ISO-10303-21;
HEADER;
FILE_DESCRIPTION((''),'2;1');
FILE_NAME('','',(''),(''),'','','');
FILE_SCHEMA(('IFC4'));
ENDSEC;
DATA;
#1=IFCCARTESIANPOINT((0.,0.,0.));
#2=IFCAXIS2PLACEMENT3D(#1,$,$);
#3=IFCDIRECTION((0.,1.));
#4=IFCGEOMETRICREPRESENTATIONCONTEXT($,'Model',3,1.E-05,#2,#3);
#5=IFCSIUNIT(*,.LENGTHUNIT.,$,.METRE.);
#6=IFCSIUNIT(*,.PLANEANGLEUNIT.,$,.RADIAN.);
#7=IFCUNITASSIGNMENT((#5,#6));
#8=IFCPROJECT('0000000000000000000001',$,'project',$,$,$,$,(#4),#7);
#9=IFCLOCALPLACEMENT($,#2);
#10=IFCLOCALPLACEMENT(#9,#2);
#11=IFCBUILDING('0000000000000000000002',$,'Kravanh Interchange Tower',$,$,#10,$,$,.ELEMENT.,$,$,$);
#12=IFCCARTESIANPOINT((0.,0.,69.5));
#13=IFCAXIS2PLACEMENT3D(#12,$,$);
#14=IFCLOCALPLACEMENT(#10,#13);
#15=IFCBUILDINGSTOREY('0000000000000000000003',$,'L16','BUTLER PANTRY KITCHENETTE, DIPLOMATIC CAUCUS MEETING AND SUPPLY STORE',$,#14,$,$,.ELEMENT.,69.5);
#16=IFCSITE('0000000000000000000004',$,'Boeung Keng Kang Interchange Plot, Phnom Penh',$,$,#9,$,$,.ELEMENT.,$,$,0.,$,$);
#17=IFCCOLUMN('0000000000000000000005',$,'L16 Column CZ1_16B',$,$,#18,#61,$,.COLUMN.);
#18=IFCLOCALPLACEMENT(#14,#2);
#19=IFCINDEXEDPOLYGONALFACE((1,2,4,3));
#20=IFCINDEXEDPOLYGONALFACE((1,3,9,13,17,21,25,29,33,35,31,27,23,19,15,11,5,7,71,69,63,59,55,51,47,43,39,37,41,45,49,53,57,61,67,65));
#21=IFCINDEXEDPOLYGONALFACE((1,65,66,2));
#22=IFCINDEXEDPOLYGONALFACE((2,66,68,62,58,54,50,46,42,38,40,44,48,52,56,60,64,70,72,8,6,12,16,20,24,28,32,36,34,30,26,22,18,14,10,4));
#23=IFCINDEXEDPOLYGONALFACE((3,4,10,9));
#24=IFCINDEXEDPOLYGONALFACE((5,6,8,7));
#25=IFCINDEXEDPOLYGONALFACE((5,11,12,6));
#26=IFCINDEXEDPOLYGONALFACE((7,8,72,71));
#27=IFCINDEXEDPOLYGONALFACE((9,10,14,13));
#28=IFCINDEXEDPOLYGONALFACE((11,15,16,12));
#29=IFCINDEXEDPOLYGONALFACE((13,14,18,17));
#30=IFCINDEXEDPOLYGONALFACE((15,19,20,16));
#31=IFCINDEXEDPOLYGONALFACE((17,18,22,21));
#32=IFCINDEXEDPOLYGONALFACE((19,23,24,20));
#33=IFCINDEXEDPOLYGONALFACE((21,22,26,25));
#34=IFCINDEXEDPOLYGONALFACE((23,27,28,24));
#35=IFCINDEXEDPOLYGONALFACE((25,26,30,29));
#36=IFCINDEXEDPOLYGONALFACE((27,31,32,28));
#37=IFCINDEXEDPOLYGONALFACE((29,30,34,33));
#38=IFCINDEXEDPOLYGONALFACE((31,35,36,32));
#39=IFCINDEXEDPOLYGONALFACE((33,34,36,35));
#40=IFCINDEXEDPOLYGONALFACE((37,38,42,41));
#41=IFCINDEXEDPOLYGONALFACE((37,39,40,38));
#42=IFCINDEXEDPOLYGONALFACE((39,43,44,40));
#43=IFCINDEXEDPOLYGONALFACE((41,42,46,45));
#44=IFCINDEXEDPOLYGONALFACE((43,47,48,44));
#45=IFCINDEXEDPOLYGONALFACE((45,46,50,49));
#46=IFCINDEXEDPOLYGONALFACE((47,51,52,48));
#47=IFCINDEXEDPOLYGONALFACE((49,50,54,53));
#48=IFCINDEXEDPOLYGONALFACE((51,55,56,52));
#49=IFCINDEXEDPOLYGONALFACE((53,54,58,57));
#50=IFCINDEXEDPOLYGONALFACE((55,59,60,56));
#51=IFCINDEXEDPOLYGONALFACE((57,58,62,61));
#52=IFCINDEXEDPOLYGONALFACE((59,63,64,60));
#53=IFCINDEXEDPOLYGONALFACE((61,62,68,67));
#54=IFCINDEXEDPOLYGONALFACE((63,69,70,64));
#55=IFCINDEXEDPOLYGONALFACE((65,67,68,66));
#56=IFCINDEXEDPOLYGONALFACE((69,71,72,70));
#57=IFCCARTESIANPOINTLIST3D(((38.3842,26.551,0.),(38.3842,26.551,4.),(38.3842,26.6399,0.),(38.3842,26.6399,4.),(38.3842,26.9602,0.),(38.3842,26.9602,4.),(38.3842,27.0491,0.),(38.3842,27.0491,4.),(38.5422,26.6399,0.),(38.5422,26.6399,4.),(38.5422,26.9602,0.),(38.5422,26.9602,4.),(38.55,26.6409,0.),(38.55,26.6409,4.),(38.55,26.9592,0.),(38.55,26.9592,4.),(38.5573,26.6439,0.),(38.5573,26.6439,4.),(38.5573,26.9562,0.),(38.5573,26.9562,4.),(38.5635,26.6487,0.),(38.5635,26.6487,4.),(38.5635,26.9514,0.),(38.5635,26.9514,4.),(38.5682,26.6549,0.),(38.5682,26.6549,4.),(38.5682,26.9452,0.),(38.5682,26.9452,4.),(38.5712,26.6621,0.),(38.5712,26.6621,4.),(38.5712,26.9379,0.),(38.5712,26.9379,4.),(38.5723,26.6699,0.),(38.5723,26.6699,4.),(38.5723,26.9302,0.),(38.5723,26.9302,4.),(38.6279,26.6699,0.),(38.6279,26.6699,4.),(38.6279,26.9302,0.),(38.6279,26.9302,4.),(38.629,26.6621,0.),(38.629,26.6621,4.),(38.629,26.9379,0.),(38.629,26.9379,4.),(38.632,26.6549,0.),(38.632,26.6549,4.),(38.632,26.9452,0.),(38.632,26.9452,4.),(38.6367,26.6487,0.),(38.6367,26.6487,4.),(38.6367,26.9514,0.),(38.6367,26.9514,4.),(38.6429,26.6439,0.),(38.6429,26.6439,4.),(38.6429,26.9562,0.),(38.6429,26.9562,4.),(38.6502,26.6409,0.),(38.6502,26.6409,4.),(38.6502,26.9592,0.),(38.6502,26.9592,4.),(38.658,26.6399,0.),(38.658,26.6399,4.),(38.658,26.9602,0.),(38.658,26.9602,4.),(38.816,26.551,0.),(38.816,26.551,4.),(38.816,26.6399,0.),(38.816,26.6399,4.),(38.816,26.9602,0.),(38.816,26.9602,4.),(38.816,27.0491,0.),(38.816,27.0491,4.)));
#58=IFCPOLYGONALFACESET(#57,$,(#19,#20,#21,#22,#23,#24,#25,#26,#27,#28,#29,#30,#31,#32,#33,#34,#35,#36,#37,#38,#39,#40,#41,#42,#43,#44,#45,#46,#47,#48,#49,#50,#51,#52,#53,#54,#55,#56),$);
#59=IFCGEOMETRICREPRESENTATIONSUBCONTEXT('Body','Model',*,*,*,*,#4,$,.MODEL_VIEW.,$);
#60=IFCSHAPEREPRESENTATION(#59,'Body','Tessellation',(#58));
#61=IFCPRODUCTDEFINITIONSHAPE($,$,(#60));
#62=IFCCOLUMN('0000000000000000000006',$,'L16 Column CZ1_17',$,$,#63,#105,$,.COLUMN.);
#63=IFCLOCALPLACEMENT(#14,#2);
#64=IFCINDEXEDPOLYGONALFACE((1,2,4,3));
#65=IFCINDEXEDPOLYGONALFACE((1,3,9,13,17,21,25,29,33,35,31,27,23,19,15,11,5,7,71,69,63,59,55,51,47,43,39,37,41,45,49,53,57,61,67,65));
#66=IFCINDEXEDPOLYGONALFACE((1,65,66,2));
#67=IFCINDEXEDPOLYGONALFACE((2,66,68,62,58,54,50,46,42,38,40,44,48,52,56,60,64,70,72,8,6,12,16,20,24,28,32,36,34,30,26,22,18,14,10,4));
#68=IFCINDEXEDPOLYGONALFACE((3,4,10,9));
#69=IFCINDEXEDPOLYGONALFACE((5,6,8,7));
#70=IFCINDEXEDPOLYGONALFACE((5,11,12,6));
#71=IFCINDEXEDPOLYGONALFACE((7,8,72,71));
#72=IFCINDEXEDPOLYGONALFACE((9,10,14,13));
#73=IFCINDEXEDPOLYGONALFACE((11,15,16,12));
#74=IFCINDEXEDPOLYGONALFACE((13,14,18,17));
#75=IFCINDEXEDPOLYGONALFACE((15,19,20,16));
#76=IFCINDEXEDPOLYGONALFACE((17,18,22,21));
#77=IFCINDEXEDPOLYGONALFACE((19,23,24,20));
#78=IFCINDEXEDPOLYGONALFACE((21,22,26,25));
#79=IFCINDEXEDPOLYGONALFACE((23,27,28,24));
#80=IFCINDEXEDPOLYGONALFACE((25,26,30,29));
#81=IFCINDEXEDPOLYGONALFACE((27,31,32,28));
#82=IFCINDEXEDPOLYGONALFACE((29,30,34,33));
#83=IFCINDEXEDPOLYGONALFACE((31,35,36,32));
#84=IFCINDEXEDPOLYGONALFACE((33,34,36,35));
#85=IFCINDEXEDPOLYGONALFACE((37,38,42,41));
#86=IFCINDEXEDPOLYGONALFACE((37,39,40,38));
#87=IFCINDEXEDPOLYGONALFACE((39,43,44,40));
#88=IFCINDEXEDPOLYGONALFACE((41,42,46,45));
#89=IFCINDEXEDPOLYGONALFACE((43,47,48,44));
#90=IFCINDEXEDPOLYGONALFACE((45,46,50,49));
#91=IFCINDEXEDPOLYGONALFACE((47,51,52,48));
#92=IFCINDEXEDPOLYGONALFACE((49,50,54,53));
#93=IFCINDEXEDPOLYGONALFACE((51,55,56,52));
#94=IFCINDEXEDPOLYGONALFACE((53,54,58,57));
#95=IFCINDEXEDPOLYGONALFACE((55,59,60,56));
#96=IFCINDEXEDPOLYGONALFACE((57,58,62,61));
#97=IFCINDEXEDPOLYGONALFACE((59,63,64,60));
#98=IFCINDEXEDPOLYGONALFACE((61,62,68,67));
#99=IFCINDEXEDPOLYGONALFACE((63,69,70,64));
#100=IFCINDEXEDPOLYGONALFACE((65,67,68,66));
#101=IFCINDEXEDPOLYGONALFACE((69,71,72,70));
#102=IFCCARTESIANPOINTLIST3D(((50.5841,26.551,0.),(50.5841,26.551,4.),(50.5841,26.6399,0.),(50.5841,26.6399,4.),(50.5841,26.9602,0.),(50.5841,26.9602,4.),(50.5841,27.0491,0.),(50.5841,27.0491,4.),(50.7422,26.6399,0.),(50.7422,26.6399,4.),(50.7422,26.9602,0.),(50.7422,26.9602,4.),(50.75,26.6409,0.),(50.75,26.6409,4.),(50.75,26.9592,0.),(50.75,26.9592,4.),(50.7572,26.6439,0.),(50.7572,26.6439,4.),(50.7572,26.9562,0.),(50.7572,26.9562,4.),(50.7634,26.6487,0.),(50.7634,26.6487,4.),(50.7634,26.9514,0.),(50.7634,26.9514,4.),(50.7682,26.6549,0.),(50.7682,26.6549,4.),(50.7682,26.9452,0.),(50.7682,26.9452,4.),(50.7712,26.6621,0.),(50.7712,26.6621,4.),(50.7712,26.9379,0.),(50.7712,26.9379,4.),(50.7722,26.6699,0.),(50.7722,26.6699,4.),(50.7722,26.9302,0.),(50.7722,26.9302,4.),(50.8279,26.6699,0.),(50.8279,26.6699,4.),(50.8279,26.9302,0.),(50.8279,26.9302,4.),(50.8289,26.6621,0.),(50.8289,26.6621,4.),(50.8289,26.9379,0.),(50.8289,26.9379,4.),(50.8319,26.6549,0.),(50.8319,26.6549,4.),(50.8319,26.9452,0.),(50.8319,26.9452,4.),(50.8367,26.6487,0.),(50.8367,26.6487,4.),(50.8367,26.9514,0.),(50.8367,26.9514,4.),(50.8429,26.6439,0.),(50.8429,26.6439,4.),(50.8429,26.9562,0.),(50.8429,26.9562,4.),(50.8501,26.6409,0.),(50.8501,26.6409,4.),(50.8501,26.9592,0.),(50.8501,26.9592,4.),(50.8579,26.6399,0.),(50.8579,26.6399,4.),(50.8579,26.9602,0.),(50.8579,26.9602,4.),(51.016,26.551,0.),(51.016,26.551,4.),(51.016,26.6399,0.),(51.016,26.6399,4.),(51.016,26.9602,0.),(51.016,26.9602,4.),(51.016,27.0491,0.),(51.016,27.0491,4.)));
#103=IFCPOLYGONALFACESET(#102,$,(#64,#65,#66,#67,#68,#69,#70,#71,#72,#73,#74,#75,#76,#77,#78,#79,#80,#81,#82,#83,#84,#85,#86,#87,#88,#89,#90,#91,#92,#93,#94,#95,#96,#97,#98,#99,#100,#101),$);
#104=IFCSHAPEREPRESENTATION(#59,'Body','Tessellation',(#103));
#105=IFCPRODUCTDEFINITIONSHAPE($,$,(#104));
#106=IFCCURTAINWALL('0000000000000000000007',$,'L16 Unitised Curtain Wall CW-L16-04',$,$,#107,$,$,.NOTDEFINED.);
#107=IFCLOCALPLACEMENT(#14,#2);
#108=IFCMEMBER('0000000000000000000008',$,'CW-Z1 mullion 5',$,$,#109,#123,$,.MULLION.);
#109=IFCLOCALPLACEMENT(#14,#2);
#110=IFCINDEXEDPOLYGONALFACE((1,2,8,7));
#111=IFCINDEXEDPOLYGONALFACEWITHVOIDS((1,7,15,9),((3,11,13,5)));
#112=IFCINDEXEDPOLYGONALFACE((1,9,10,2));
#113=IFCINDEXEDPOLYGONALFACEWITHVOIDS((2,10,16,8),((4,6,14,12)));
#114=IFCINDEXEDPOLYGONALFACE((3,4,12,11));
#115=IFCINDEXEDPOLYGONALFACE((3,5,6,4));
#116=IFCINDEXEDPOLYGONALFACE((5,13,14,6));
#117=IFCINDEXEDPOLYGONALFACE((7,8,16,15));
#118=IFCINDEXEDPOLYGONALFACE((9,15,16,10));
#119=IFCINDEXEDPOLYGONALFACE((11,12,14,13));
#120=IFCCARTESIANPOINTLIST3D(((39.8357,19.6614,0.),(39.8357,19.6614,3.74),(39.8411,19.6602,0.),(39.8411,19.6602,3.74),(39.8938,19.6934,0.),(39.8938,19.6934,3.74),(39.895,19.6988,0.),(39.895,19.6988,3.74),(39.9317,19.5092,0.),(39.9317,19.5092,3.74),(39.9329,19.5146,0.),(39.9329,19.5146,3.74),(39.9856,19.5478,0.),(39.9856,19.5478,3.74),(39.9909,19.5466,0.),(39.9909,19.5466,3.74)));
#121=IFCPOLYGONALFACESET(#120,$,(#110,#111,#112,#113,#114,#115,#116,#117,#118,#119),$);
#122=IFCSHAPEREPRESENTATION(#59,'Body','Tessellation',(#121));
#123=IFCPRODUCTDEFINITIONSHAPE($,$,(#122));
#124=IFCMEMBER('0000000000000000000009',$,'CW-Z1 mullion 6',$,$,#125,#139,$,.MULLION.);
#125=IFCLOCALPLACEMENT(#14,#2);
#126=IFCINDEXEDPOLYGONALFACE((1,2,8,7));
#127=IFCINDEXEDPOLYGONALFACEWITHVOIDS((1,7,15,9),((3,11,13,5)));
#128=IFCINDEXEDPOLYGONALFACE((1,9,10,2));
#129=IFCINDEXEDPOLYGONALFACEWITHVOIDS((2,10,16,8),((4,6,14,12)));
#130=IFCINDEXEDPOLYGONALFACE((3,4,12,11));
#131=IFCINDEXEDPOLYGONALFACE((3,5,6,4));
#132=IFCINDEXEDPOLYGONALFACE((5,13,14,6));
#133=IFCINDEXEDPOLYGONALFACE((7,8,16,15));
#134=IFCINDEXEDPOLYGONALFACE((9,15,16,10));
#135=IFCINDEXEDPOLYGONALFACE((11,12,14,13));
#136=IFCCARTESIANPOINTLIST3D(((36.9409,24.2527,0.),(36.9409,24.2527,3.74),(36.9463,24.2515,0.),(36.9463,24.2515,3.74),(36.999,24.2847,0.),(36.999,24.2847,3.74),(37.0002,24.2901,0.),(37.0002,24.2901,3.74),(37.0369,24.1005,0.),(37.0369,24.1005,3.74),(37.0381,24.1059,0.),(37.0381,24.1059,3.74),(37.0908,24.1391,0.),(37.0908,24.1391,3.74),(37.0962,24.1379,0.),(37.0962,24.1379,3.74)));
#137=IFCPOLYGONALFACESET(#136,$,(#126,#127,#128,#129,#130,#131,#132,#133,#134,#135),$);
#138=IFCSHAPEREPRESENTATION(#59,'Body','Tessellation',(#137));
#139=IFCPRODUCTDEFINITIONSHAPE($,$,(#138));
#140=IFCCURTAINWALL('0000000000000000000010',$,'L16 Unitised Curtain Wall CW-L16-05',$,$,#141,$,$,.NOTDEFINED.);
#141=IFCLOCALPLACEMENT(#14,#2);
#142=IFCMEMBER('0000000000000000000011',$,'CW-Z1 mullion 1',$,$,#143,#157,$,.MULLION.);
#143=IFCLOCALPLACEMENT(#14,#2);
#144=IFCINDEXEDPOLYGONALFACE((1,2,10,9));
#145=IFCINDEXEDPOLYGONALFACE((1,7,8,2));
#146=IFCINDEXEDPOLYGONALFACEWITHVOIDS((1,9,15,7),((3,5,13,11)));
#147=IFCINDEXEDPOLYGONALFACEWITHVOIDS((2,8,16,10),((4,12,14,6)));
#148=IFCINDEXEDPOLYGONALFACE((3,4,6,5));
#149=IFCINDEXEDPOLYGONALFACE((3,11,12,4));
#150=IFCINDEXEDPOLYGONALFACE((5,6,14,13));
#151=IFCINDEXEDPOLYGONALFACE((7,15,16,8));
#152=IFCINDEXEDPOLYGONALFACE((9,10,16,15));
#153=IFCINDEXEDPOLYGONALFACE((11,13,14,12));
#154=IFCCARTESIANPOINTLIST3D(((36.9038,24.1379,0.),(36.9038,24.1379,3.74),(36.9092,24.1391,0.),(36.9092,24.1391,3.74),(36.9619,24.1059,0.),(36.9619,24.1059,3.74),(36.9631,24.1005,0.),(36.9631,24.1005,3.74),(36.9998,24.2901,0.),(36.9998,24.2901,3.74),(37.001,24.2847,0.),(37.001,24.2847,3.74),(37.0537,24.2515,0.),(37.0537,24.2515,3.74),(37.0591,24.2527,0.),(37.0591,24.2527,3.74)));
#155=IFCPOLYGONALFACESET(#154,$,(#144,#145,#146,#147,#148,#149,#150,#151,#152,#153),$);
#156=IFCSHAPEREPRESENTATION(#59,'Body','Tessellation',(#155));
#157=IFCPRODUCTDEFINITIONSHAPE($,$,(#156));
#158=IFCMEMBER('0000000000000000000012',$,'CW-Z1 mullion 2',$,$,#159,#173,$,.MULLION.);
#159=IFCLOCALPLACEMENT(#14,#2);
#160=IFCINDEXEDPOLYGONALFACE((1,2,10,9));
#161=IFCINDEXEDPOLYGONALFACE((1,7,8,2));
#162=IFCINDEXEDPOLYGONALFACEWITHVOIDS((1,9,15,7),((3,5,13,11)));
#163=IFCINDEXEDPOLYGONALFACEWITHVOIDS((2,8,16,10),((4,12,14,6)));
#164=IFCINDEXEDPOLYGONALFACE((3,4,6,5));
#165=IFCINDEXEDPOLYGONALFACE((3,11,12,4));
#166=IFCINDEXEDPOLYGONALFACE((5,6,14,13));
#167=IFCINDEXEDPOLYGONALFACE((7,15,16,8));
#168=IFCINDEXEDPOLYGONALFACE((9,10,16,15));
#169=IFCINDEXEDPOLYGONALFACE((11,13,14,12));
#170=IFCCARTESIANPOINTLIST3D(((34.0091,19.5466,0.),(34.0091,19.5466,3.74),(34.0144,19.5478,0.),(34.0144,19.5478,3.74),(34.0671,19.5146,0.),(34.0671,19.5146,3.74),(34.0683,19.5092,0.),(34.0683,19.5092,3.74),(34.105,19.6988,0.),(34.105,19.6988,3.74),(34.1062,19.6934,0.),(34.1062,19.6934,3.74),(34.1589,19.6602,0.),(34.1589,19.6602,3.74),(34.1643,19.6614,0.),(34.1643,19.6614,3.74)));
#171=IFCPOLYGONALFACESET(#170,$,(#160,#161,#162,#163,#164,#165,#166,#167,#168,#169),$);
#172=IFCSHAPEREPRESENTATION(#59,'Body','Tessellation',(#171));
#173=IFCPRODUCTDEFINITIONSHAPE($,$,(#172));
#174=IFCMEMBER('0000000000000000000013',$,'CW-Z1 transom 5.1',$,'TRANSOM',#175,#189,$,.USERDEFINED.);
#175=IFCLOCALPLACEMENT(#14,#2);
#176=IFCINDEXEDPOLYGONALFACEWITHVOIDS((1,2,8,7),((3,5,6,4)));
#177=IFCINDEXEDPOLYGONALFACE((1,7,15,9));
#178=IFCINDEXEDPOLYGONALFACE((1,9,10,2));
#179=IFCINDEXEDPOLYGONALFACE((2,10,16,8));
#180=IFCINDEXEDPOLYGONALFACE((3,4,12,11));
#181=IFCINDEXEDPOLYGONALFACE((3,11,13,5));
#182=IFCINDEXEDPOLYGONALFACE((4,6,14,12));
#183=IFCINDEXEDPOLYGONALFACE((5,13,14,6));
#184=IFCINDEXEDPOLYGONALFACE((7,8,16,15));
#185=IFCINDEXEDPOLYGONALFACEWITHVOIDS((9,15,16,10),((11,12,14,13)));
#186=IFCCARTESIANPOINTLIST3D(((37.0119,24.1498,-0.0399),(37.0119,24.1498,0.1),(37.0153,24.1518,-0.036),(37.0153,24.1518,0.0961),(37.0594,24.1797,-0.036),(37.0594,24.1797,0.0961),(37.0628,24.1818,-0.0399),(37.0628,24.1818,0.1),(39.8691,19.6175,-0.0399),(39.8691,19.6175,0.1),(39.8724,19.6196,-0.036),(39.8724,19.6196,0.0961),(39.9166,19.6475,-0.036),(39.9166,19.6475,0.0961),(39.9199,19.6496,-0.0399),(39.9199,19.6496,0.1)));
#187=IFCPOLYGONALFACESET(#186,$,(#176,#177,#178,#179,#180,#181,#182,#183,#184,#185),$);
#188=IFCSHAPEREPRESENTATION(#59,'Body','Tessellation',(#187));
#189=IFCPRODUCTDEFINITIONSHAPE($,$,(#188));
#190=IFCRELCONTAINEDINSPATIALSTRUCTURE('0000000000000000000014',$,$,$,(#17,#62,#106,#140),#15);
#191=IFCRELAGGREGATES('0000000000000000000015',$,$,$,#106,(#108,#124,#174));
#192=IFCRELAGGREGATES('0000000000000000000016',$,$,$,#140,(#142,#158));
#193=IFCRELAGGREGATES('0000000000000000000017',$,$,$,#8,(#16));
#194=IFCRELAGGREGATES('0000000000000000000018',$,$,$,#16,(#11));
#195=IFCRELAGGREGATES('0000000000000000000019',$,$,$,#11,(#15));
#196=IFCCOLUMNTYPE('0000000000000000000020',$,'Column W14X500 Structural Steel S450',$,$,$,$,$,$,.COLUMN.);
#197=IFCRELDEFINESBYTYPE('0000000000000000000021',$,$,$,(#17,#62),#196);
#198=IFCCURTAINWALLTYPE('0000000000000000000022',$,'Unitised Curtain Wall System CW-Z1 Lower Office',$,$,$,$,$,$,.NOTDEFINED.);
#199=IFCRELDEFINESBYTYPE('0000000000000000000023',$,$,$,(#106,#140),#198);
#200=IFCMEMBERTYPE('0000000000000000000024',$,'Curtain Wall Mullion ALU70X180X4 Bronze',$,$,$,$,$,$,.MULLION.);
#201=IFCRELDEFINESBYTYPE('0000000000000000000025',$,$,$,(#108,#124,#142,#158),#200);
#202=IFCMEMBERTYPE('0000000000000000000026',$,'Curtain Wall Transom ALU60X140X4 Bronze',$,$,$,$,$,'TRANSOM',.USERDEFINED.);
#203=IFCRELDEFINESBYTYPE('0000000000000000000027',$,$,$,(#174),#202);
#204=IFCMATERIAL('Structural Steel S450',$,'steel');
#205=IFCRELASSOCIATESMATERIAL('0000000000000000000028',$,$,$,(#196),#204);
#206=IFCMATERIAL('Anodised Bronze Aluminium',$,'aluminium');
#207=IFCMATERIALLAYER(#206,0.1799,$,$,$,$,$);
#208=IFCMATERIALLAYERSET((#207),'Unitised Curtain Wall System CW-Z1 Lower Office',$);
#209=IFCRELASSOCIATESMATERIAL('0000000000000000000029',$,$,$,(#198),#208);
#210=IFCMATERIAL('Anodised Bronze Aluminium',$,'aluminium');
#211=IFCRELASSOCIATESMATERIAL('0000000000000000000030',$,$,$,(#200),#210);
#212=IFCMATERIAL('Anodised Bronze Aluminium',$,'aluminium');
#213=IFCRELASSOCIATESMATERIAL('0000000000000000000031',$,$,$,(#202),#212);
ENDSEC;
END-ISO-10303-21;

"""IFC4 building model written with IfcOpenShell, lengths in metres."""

from ifc_helpers import new_model, si_unit, direction, frame, origin, origin_2d, place, context, subcontext, project, spatial, hollow_rectangle, i_section, extrude, material, layer, layer_set, material_profile, profile_set, type_object, element, aggregate, save


model = new_model("IFC4")

# Units and contexts
model_context = context("Model", 3, precision=1e-05, world=origin(), true_north=direction((0.0, 1.0)))
body_context = subcontext(model_context, "Body", "Model", "MODEL_VIEW")
ifc_project = project(units=[si_unit("LENGTHUNIT", "METRE"), si_unit("PLANEANGLEUNIT", "RADIAN")], contexts=[model_context])

# Site, building, storey
site_placement = place(None, origin())
site = spatial("IfcSite", under=ifc_project, at=site_placement, Name="Boeung Keng Kang Interchange Plot, Phnom Penh", CompositionType="ELEMENT", RefElevation=0.0)
building_placement = place(site_placement, origin())
building = spatial("IfcBuilding", under=site, at=building_placement, Name="Kravanh Interchange Tower", CompositionType="ELEMENT")
storey_placement = place(building_placement, frame((0.0, 0.0, 69.5)))
storey = spatial("IfcBuildingStorey", under=building, at=storey_placement, Name="L16", Description="BUTLER PANTRY KITCHENETTE, DIPLOMATIC CAUCUS MEETING AND SUPPLY STORE", CompositionType="ELEMENT", Elevation=69.5)

# Columns
ifc_material_1 = material(Name="Structural Steel S450", Category="steel")
ifc_material_profile_1 = material_profile(ifc_material_1, i_section(OverallWidth=0.4319, OverallDepth=0.498, WebThickness=0.0557, FlangeThickness=0.0889, FilletRadius=0.03, at=origin_2d()), Name="W14X500")
ifc_profile_set_1 = profile_set([ifc_material_profile_1], Name="Structural Steel S450")
column_type = type_object("IfcColumnType", Name="Column W14X500 Structural Steel S450", PredefinedType="COLUMN", material=ifc_profile_set_1)
for number, where, z_axis, x_axis, name in (
    (1, (38.6001, 26.8, 0.0), (0.0, 0.0, 1.0), (1.0, 0.0, 0.0), "L16 Column CZ1_16B"),
    (2, (50.8, 26.8, 0.0), (0.0, 0.0, 1.0), (1.0, 0.0, 0.0), "L16 Column CZ1_17"),
):
    element("IfcColumn", number, at=place(storey_placement, frame(where, z_axis=z_axis, x_axis=x_axis)), inside=storey, type_object=column_type, Name=name, PredefinedType="COLUMN", context=body_context, shape_type="SweptSolid", body=[
        extrude(i_section(OverallWidth=0.4319, OverallDepth=0.498, WebThickness=0.0557, FlangeThickness=0.0889, FilletRadius=0.03, at=origin_2d()), origin(), (0.0, 0.0, 1.0), 4.0),
    ])

# Curtain walls, members
ifc_material_2 = material(Name="Anodised Bronze Aluminium", Category="aluminium")
ifc_layer_1 = layer(ifc_material_2, 0.1799)
ifc_layer_set_1 = layer_set([ifc_layer_1], Name="Unitised Curtain Wall System CW-Z1 Lower Office")
curtain_wall_type = type_object("IfcCurtainWallType", Name="Unitised Curtain Wall System CW-Z1 Lower Office", PredefinedType="NOTDEFINED", material=ifc_layer_set_1)
curtain_wall_1_placement = place(storey_placement, origin())
curtain_wall_1 = element("IfcCurtainWall", 3, at=curtain_wall_1_placement, inside=storey, type_object=curtain_wall_type, Name="L16 Unitised Curtain Wall CW-L16-04", PredefinedType="NOTDEFINED")
ifc_material_3 = material(Name="Anodised Bronze Aluminium", Category="aluminium")
ifc_material_profile_2 = material_profile(ifc_material_3, hollow_rectangle(XDim=0.0701, YDim=0.1799, WallThickness=0.0039, at=origin_2d()), Name="ALU70X180X4")
ifc_profile_set_2 = profile_set([ifc_material_profile_2], Name="Anodised Bronze Aluminium")
member_type_1 = type_object("IfcMemberType", Name="Curtain Wall Mullion ALU70X180X4 Bronze", PredefinedType="MULLION", material=ifc_profile_set_2)
member_1_placement = place(storey_placement, frame((39.9133, 19.604, 0.0), z_axis=(0.0, 0.0, 1.0), x_axis=(-0.845926, -0.533301, 0.0)))
member_1 = element("IfcMember", 4, at=member_1_placement, type_object=member_type_1, Name="CW-Z1 mullion 5", PredefinedType="MULLION", context=body_context, shape_type="SweptSolid", body=[
    extrude(hollow_rectangle(XDim=0.0701, YDim=0.1799, WallThickness=0.0039, at=origin_2d()), origin(), (0.0, 0.0, 1.0), 3.74),
])
member_2_placement = place(storey_placement, frame((37.0186, 24.1953, 0.0), z_axis=(0.0, 0.0, 1.0), x_axis=(-0.845926, -0.533301, 0.0)))
member_2 = element("IfcMember", 5, at=member_2_placement, type_object=member_type_1, Name="CW-Z1 mullion 6", PredefinedType="MULLION", context=body_context, shape_type="SweptSolid", body=[
    extrude(hollow_rectangle(XDim=0.0701, YDim=0.1799, WallThickness=0.0039, at=origin_2d()), origin(), (0.0, 0.0, 1.0), 3.74),
])
curtain_wall_2_placement = place(storey_placement, origin())
curtain_wall_2 = element("IfcCurtainWall", 6, at=curtain_wall_2_placement, inside=storey, type_object=curtain_wall_type, Name="L16 Unitised Curtain Wall CW-L16-05", PredefinedType="NOTDEFINED")
member_3_placement = place(storey_placement, frame((36.9814, 24.1953, 0.0), z_axis=(0.0, 0.0, 1.0), x_axis=(0.845926, -0.533301, 0.0)))
member_3 = element("IfcMember", 7, at=member_3_placement, type_object=member_type_1, Name="CW-Z1 mullion 1", PredefinedType="MULLION", context=body_context, shape_type="SweptSolid", body=[
    extrude(hollow_rectangle(XDim=0.0701, YDim=0.1799, WallThickness=0.0039, at=origin_2d()), origin(), (0.0, 0.0, 1.0), 3.74),
])
member_4_placement = place(storey_placement, frame((34.0867, 19.604, 0.0), z_axis=(0.0, 0.0, 1.0), x_axis=(0.845926, -0.533301, 0.0)))
member_4 = element("IfcMember", 8, at=member_4_placement, type_object=member_type_1, Name="CW-Z1 mullion 2", PredefinedType="MULLION", context=body_context, shape_type="SweptSolid", body=[
    extrude(hollow_rectangle(XDim=0.0701, YDim=0.1799, WallThickness=0.0039, at=origin_2d()), origin(), (0.0, 0.0, 1.0), 3.74),
])

# Member
ifc_material_4 = material(Name="Anodised Bronze Aluminium", Category="aluminium")
ifc_material_profile_3 = material_profile(ifc_material_4, hollow_rectangle(XDim=0.0601, YDim=0.1399, WallThickness=0.0039, at=origin_2d()), Name="ALU60X140X4")
ifc_profile_set_3 = profile_set([ifc_material_profile_3], Name="Anodised Bronze Aluminium")
member_type_2 = type_object("IfcMemberType", Name="Curtain Wall Transom ALU60X140X4 Bronze", ElementType="TRANSOM", PredefinedType="USERDEFINED", material=ifc_profile_set_3)
member_5_placement = place(storey_placement, frame((39.8945, 19.6335, 0.03), z_axis=(-0.533288, 0.845934, 0.0), x_axis=(-0.845934, -0.533288, 0.0)))
member_5 = element("IfcMember", 9, at=member_5_placement, type_object=member_type_2, Name="CW-Z1 transom 5.1", ObjectType="TRANSOM", PredefinedType="USERDEFINED", context=body_context, shape_type="SweptSolid", body=[
    extrude(hollow_rectangle(XDim=0.0601, YDim=0.1399, WallThickness=0.0039, at=origin_2d()), origin(), (0.0, 0.0, 1.0), 5.3577),
])

aggregate(curtain_wall_1, [member_1, member_2, member_5])
aggregate(curtain_wall_2, [member_3, member_4])

save(model, "model.ifc")
